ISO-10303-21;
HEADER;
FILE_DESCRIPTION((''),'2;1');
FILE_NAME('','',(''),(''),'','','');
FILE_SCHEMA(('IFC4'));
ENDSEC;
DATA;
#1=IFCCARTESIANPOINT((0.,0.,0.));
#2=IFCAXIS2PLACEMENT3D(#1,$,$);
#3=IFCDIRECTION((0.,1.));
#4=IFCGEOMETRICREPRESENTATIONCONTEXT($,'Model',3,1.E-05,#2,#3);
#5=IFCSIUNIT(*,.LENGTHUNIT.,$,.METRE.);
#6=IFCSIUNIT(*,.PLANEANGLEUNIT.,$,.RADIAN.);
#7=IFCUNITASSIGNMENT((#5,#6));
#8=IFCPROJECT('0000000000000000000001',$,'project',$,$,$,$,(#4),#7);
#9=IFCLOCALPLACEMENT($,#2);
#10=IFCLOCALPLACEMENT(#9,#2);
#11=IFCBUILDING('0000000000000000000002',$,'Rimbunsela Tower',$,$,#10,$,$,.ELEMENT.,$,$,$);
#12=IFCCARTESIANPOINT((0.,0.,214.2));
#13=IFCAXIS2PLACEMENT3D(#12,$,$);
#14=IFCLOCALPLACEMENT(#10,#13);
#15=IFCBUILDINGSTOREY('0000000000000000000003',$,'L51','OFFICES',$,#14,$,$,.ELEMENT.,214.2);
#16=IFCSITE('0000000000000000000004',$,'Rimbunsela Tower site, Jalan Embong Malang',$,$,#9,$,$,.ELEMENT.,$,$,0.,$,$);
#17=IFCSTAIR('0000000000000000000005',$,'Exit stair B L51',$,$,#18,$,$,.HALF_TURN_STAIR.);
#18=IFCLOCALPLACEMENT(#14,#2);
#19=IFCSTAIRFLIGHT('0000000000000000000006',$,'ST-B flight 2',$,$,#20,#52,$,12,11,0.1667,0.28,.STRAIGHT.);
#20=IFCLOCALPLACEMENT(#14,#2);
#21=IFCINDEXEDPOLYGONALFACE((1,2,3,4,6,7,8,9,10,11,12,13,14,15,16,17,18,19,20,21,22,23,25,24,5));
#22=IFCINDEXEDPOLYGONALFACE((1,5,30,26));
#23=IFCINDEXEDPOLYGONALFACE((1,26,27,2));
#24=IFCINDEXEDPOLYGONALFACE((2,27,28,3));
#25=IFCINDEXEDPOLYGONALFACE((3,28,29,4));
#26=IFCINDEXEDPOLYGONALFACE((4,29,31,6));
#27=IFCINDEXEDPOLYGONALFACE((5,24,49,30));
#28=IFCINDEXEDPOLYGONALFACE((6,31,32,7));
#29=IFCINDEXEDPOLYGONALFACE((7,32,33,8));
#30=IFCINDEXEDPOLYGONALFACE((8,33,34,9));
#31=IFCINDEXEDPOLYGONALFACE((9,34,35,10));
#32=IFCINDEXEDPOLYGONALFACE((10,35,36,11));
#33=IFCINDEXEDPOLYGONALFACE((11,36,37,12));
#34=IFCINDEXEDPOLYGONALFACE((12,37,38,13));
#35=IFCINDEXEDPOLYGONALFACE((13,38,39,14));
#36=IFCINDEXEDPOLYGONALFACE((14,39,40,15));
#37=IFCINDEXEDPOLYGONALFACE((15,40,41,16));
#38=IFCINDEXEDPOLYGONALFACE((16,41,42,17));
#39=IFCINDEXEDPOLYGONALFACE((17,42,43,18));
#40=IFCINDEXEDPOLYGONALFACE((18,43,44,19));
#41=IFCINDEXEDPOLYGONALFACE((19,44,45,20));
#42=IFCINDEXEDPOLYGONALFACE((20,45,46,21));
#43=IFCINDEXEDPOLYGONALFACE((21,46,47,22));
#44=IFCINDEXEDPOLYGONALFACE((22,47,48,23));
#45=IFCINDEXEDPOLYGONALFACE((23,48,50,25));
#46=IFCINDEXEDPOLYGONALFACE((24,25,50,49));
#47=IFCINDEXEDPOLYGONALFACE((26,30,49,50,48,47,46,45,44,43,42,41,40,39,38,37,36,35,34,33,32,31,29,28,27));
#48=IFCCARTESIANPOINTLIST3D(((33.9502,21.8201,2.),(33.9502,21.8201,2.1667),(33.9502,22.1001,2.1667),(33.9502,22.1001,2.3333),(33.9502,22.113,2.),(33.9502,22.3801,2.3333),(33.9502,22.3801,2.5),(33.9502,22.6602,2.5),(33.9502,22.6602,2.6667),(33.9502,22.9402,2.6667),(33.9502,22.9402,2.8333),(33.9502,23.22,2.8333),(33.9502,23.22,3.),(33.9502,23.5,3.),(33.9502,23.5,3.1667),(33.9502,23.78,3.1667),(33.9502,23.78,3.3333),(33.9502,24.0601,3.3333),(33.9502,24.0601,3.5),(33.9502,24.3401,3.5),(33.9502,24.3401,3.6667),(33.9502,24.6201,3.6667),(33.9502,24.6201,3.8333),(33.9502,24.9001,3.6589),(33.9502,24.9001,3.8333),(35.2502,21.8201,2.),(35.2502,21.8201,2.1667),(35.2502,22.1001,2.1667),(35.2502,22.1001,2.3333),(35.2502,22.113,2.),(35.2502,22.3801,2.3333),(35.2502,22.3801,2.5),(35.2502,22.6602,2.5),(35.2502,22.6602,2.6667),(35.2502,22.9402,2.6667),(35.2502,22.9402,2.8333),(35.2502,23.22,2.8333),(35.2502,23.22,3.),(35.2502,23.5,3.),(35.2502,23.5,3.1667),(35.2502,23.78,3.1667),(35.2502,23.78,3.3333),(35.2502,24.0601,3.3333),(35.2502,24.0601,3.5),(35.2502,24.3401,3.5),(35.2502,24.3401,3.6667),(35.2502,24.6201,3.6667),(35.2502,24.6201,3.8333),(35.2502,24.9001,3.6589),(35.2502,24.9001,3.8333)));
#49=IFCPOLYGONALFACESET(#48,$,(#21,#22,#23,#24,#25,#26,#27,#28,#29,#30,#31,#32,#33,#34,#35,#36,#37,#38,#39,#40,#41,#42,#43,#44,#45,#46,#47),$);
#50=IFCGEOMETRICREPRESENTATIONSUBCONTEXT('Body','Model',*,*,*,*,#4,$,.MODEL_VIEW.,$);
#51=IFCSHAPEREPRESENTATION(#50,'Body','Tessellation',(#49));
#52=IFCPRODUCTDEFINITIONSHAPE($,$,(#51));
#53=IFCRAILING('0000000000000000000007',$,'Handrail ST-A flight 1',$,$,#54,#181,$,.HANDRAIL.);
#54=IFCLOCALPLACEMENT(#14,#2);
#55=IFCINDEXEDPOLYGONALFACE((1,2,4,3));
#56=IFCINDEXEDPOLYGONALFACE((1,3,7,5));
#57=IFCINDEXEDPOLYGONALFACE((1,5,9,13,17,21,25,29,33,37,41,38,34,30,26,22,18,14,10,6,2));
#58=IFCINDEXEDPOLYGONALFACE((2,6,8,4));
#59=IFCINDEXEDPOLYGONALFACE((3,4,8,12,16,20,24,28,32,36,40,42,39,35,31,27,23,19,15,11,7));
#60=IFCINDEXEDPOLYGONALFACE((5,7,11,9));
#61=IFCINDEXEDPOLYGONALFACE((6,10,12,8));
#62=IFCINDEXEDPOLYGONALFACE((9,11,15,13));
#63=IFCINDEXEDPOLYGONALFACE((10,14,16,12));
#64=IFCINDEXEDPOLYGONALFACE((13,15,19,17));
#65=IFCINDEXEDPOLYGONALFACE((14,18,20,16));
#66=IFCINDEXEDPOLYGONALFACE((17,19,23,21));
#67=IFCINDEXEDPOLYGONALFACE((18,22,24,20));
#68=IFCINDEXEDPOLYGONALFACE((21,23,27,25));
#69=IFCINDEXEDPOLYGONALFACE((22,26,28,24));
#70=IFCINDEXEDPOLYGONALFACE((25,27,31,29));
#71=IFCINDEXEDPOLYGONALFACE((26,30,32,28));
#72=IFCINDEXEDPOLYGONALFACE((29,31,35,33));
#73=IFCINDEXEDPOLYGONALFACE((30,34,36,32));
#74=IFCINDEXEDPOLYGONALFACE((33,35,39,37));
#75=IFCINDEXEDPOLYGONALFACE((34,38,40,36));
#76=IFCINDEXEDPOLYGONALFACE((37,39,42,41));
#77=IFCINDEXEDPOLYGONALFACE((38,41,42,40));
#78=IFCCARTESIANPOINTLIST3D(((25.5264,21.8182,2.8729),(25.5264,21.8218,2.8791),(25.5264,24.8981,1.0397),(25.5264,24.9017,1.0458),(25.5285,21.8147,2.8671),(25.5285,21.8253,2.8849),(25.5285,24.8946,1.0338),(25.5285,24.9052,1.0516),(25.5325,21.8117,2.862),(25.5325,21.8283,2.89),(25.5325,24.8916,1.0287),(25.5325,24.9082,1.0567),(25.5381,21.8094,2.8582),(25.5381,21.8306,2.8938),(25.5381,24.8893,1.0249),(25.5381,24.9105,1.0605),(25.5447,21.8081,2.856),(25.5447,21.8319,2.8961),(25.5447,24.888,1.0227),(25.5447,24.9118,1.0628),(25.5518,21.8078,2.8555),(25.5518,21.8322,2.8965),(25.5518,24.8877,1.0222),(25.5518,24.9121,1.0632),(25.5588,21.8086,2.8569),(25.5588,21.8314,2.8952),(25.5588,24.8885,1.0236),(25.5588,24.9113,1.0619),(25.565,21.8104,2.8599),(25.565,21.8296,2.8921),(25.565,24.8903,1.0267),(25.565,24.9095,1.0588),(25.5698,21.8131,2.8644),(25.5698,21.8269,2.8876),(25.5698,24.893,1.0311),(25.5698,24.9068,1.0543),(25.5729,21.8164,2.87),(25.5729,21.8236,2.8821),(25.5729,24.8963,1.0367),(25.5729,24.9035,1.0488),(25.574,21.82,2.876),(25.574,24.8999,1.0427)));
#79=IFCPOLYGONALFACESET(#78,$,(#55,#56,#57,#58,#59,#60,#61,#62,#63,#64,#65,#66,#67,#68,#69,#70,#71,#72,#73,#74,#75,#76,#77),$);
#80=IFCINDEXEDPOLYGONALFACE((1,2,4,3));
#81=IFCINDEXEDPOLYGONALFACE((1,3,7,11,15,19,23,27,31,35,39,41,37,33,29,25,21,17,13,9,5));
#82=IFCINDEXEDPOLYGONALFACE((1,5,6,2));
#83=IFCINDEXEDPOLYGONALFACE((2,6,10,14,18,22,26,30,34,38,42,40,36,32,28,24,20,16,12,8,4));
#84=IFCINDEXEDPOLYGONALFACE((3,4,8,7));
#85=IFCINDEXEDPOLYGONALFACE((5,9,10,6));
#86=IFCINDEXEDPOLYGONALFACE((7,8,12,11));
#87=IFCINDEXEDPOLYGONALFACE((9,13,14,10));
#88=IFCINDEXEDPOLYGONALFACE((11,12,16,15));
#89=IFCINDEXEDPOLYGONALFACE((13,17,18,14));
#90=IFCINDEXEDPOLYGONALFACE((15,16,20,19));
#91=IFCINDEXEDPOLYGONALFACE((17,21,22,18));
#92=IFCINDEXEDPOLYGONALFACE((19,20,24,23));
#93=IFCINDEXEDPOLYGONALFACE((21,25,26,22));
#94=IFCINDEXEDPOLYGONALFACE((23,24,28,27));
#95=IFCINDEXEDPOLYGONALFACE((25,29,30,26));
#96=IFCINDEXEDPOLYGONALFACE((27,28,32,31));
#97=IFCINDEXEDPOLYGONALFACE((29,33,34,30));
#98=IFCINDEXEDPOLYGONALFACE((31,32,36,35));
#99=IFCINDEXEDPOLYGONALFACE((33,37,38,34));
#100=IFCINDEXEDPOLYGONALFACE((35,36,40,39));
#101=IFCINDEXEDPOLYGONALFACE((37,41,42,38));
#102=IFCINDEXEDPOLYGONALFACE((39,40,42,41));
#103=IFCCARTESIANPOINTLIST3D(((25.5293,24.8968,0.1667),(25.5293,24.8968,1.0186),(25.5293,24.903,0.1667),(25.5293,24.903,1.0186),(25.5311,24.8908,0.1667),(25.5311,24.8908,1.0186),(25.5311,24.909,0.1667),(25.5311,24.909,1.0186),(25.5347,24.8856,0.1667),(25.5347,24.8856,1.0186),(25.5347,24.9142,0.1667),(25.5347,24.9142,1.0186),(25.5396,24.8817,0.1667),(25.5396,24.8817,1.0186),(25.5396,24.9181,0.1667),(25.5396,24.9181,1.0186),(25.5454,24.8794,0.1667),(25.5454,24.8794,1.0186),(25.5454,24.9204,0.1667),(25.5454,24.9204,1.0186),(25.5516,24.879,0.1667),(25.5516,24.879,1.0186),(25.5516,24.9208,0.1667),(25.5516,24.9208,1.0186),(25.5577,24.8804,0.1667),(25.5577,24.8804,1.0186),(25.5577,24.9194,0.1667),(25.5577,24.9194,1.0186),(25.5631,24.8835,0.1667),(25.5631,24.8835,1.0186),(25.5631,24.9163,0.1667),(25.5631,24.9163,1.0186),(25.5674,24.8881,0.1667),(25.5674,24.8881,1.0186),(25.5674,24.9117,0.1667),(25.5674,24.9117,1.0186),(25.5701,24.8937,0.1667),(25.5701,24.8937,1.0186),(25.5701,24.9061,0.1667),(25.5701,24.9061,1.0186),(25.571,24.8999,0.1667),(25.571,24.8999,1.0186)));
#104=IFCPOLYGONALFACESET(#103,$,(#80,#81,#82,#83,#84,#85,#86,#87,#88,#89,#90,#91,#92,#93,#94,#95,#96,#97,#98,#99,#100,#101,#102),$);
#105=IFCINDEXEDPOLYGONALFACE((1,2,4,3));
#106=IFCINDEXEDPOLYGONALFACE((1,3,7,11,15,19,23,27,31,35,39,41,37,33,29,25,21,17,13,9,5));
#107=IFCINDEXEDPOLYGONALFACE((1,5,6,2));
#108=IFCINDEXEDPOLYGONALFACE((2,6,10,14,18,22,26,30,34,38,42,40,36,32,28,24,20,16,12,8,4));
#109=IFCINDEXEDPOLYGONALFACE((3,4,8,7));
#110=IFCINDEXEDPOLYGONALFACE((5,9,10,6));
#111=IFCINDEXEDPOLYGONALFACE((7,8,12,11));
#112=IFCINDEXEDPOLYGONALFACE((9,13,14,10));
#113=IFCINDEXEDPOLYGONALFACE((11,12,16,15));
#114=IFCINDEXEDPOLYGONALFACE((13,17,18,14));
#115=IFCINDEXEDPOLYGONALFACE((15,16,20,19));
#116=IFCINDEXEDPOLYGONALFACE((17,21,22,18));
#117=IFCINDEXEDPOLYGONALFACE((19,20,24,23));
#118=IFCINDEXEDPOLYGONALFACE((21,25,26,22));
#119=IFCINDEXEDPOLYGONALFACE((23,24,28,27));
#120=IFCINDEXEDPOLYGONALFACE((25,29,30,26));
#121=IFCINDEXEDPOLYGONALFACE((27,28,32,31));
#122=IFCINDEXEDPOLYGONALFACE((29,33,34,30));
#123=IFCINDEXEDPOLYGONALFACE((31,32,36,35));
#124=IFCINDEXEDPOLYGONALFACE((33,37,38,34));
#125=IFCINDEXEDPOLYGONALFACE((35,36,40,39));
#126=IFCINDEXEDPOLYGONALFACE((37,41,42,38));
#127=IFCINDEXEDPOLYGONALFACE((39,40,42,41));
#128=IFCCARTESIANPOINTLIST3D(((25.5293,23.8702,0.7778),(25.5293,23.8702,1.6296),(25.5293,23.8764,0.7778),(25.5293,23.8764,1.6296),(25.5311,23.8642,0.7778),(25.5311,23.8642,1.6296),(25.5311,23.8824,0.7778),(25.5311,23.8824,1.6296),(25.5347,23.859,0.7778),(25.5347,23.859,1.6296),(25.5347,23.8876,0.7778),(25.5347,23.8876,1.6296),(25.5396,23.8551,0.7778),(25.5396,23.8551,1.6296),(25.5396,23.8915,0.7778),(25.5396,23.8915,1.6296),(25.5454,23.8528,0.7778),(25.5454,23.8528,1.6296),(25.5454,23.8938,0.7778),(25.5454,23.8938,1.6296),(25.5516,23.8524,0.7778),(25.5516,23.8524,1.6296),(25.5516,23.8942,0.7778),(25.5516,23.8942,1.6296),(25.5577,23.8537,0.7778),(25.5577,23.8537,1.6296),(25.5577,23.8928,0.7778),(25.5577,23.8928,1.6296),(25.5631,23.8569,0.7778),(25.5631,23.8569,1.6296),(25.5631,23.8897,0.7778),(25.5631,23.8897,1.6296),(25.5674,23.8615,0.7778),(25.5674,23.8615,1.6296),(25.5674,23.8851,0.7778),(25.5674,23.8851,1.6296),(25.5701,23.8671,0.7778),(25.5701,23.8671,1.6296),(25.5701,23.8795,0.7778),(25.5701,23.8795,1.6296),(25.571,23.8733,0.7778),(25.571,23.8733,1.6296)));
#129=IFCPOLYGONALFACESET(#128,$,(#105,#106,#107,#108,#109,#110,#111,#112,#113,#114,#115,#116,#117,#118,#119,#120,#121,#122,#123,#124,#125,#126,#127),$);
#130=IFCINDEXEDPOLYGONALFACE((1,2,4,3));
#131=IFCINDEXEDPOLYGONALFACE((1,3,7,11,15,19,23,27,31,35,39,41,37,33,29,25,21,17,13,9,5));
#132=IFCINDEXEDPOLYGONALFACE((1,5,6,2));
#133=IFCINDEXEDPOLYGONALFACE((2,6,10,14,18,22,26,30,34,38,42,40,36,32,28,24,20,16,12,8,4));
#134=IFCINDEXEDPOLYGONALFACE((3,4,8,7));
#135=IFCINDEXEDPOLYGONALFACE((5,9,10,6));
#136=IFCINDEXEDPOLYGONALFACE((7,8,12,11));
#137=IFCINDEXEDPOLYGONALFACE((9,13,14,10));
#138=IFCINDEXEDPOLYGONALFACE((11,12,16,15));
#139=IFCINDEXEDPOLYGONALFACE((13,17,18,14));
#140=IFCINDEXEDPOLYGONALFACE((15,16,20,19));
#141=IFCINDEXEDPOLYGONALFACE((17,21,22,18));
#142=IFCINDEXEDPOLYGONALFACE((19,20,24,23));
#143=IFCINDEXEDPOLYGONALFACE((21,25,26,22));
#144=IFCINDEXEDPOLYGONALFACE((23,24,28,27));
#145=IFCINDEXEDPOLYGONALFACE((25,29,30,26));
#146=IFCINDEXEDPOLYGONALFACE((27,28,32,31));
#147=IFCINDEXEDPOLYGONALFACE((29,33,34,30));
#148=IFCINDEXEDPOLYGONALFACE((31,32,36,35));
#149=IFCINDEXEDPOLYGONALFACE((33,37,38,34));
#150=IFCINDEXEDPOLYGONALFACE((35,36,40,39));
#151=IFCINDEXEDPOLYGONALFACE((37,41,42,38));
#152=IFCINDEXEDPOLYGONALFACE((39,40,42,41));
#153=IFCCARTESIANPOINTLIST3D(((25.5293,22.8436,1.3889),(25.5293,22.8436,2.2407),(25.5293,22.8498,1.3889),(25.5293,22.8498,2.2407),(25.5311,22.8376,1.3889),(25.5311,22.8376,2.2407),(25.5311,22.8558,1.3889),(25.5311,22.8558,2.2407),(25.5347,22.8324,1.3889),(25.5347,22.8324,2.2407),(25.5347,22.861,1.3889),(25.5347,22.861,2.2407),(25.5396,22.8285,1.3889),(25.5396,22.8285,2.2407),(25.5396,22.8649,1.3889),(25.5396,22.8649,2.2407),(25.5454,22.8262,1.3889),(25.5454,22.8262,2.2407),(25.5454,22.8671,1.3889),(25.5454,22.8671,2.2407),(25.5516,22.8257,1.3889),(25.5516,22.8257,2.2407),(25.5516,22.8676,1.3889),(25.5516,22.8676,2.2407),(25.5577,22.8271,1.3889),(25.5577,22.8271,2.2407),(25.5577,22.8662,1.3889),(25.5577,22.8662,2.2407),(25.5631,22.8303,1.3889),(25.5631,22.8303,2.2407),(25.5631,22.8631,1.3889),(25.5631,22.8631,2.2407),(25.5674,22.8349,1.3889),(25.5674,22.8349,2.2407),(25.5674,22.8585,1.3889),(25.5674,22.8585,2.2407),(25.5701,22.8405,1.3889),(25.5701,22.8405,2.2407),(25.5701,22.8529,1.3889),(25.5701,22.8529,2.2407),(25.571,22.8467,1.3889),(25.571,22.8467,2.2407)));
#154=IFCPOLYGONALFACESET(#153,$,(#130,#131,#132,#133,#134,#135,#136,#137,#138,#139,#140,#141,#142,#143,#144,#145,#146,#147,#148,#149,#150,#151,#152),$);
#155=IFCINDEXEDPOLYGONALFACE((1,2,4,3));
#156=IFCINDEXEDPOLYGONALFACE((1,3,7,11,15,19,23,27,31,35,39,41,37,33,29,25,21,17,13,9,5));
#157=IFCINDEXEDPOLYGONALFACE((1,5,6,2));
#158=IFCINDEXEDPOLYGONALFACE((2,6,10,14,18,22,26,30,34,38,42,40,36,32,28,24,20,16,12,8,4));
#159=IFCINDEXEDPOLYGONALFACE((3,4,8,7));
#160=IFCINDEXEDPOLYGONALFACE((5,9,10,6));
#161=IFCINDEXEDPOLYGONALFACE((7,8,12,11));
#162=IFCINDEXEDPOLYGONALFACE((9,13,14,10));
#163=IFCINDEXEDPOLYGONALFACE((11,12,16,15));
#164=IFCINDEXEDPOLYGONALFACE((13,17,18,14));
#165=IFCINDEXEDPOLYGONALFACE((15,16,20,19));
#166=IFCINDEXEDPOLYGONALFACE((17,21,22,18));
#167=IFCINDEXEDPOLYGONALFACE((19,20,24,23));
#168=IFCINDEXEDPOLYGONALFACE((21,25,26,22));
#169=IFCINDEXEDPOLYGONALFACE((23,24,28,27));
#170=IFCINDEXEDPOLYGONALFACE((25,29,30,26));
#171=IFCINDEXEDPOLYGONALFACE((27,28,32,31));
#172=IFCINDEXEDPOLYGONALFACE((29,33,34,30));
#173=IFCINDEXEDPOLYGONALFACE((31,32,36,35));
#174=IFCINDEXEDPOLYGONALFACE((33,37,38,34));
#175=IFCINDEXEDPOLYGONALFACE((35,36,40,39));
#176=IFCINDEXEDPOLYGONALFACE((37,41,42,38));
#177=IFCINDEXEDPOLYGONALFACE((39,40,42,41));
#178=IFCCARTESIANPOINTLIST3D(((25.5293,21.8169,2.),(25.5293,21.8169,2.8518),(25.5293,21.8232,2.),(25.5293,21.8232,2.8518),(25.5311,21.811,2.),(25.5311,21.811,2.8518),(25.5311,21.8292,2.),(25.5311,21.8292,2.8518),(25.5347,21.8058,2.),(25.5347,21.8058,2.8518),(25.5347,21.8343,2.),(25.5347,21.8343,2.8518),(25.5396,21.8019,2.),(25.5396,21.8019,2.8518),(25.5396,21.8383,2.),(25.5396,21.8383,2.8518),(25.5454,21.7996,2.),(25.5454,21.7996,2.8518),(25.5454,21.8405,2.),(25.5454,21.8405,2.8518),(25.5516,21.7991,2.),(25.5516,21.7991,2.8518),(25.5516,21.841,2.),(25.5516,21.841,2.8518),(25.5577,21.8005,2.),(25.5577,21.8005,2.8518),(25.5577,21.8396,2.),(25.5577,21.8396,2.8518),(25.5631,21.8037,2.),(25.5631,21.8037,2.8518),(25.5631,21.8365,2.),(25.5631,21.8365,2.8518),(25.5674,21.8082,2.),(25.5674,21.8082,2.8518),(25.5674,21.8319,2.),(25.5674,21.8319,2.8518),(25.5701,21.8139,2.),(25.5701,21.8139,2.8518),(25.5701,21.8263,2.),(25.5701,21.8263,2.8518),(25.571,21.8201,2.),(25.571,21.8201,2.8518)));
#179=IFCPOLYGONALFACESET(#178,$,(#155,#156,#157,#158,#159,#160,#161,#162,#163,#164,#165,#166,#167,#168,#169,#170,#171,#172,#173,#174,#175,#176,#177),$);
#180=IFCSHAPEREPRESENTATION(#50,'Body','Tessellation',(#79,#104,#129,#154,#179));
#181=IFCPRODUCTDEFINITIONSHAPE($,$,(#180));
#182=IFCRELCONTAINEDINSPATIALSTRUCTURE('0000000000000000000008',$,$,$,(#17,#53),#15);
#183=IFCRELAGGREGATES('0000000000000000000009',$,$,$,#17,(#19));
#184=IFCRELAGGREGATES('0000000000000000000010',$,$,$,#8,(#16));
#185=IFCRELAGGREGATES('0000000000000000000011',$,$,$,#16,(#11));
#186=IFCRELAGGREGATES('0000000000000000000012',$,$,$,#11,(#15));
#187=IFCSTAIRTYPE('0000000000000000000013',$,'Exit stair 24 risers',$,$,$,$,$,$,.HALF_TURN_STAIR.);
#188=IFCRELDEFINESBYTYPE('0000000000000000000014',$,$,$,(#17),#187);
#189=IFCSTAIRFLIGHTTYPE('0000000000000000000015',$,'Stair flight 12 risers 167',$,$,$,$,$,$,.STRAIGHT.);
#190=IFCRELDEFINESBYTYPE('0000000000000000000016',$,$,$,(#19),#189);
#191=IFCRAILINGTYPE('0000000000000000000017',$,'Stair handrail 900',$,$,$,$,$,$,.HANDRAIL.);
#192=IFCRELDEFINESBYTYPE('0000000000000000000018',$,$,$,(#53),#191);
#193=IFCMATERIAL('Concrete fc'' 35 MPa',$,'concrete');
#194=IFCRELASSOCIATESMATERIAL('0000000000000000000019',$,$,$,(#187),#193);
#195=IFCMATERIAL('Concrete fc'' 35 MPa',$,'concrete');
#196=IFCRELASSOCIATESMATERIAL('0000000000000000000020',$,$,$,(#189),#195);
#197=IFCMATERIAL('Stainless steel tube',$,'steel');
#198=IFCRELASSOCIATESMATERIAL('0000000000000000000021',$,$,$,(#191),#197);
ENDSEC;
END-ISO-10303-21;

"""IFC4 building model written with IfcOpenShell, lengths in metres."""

from ifc_helpers import new_model, si_unit, direction, frame, origin, origin_2d, place, context, subcontext, project, spatial, polyline, circle, outline, extrude, material, type_object, element, aggregate, save


model = new_model("IFC4")

# Units and contexts
model_context = context("Model", 3, precision=1e-05, world=origin(), true_north=direction((0.0, 1.0)))
body_context = subcontext(model_context, "Body", "Model", "MODEL_VIEW")
ifc_project = project(units=[si_unit("LENGTHUNIT", "METRE"), si_unit("PLANEANGLEUNIT", "RADIAN")], contexts=[model_context])

# Site, building, storey
site_placement = place(None, origin())
site = spatial("IfcSite", under=ifc_project, at=site_placement, Name="Rimbunsela Tower site, Jalan Embong Malang", CompositionType="ELEMENT", RefElevation=0.0)
building_placement = place(site_placement, origin())
building = spatial("IfcBuilding", under=site, at=building_placement, Name="Rimbunsela Tower", CompositionType="ELEMENT")
storey_placement = place(building_placement, frame((0.0, 0.0, 214.2)))
storey = spatial("IfcBuildingStorey", under=building, at=storey_placement, Name="L51", Description="OFFICES", CompositionType="ELEMENT", Elevation=214.2)

# Stair, stair flight
ifc_material_1 = material(Name="Concrete fc' 35 MPa", Category="concrete")
stair_type = type_object("IfcStairType", Name="Exit stair 24 risers", PredefinedType="HALF_TURN_STAIR", material=ifc_material_1)
ifc_material_2 = material(Name="Concrete fc' 35 MPa", Category="concrete")
stair_flight_type = type_object("IfcStairFlightType", Name="Stair flight 12 risers 167", PredefinedType="STRAIGHT", material=ifc_material_2)
stair_1_placement = place(storey_placement, origin())
stair_1 = element("IfcStair", 1, at=stair_1_placement, inside=storey, type_object=stair_type, Name="Exit stair B L51", PredefinedType="HALF_TURN_STAIR")
stair_flight_1_placement = place(storey_placement, frame((34.6001, 21.8201, 2.0), z_axis=(0.0, 0.0, 1.0), x_axis=(0.0, 1.0, 0.0)))
stair_flight_1 = element("IfcStairFlight", 2, at=stair_flight_1_placement, type_object=stair_flight_type, Name="ST-B flight 2", NumberOfRisers=12, NumberOfTreads=11, PredefinedType="STRAIGHT", RiserHeight=0.1667, TreadLength=0.28, context=body_context, shape_type="SweptSolid", body=[
    extrude(outline(polyline([(0.0, 0.0), (0.0, 0.1667), (0.28, 0.1667), (0.28, 0.3333), (0.5601, 0.3333), (0.5601, 0.5), (0.8401, 0.5), (0.8401, 0.6667), (1.1201, 0.6667), (1.1201, 0.8333), (1.3999, 0.8333), (1.3999, 1.0), (1.6799, 1.0), (1.6799, 1.1667), (1.96, 1.1667), (1.96, 1.3333), (2.24, 1.3333), (2.24, 1.5), (2.52, 1.5), (2.52, 1.6667), (2.8, 1.6667), (2.8, 1.8333), (3.0801, 1.8333), (3.0801, 2.0), (3.0801, 1.6589), (0.293, 0.0), (0.0, 0.0)])), frame((0.0, 0.6499, 0.0), z_axis=(0.0, -1.0, 0.0), x_axis=(1.0, 0.0, 0.0)), (0.0, 0.0, 1.0), 1.3),
])
aggregate(stair_1, [stair_flight_1])

# Railing
ifc_material_3 = material(Name="Stainless steel tube", Category="steel")
railing_type = type_object("IfcRailingType", Name="Stair handrail 900", PredefinedType="HANDRAIL", material=ifc_material_3)
railing_1_placement = place(storey_placement, frame((25.55, 24.8999, 0.1667)))
element("IfcRailing", 3, at=railing_1_placement, inside=storey, type_object=railing_type, Name="Handrail ST-A flight 1", PredefinedType="HANDRAIL", context=body_context, shape_type="SweptSolid", body=[
    extrude(circle(Radius=0.0239, at=origin_2d()), frame((0.0, 0.0, 0.876), z_axis=(0.0, -0.859291, 0.511487), x_axis=(1.0, 0.0, 0.0)), (0.0, 0.0, 1.0), 3.5842),
    extrude(circle(Radius=0.021, at=origin_2d()), origin(), (0.0, 0.0, 1.0), 0.8518),
    extrude(circle(Radius=0.021, at=origin_2d()), frame((0.0, -1.0266, 0.6111)), (0.0, 0.0, 1.0), 0.8518),
    extrude(circle(Radius=0.021, at=origin_2d()), frame((0.0, -2.0532, 1.2222)), (0.0, 0.0, 1.0), 0.8518),
    extrude(circle(Radius=0.021, at=origin_2d()), frame((0.0, -3.0798, 1.8333)), (0.0, 0.0, 1.0), 0.8518),
])

save(model, "model.ifc")
